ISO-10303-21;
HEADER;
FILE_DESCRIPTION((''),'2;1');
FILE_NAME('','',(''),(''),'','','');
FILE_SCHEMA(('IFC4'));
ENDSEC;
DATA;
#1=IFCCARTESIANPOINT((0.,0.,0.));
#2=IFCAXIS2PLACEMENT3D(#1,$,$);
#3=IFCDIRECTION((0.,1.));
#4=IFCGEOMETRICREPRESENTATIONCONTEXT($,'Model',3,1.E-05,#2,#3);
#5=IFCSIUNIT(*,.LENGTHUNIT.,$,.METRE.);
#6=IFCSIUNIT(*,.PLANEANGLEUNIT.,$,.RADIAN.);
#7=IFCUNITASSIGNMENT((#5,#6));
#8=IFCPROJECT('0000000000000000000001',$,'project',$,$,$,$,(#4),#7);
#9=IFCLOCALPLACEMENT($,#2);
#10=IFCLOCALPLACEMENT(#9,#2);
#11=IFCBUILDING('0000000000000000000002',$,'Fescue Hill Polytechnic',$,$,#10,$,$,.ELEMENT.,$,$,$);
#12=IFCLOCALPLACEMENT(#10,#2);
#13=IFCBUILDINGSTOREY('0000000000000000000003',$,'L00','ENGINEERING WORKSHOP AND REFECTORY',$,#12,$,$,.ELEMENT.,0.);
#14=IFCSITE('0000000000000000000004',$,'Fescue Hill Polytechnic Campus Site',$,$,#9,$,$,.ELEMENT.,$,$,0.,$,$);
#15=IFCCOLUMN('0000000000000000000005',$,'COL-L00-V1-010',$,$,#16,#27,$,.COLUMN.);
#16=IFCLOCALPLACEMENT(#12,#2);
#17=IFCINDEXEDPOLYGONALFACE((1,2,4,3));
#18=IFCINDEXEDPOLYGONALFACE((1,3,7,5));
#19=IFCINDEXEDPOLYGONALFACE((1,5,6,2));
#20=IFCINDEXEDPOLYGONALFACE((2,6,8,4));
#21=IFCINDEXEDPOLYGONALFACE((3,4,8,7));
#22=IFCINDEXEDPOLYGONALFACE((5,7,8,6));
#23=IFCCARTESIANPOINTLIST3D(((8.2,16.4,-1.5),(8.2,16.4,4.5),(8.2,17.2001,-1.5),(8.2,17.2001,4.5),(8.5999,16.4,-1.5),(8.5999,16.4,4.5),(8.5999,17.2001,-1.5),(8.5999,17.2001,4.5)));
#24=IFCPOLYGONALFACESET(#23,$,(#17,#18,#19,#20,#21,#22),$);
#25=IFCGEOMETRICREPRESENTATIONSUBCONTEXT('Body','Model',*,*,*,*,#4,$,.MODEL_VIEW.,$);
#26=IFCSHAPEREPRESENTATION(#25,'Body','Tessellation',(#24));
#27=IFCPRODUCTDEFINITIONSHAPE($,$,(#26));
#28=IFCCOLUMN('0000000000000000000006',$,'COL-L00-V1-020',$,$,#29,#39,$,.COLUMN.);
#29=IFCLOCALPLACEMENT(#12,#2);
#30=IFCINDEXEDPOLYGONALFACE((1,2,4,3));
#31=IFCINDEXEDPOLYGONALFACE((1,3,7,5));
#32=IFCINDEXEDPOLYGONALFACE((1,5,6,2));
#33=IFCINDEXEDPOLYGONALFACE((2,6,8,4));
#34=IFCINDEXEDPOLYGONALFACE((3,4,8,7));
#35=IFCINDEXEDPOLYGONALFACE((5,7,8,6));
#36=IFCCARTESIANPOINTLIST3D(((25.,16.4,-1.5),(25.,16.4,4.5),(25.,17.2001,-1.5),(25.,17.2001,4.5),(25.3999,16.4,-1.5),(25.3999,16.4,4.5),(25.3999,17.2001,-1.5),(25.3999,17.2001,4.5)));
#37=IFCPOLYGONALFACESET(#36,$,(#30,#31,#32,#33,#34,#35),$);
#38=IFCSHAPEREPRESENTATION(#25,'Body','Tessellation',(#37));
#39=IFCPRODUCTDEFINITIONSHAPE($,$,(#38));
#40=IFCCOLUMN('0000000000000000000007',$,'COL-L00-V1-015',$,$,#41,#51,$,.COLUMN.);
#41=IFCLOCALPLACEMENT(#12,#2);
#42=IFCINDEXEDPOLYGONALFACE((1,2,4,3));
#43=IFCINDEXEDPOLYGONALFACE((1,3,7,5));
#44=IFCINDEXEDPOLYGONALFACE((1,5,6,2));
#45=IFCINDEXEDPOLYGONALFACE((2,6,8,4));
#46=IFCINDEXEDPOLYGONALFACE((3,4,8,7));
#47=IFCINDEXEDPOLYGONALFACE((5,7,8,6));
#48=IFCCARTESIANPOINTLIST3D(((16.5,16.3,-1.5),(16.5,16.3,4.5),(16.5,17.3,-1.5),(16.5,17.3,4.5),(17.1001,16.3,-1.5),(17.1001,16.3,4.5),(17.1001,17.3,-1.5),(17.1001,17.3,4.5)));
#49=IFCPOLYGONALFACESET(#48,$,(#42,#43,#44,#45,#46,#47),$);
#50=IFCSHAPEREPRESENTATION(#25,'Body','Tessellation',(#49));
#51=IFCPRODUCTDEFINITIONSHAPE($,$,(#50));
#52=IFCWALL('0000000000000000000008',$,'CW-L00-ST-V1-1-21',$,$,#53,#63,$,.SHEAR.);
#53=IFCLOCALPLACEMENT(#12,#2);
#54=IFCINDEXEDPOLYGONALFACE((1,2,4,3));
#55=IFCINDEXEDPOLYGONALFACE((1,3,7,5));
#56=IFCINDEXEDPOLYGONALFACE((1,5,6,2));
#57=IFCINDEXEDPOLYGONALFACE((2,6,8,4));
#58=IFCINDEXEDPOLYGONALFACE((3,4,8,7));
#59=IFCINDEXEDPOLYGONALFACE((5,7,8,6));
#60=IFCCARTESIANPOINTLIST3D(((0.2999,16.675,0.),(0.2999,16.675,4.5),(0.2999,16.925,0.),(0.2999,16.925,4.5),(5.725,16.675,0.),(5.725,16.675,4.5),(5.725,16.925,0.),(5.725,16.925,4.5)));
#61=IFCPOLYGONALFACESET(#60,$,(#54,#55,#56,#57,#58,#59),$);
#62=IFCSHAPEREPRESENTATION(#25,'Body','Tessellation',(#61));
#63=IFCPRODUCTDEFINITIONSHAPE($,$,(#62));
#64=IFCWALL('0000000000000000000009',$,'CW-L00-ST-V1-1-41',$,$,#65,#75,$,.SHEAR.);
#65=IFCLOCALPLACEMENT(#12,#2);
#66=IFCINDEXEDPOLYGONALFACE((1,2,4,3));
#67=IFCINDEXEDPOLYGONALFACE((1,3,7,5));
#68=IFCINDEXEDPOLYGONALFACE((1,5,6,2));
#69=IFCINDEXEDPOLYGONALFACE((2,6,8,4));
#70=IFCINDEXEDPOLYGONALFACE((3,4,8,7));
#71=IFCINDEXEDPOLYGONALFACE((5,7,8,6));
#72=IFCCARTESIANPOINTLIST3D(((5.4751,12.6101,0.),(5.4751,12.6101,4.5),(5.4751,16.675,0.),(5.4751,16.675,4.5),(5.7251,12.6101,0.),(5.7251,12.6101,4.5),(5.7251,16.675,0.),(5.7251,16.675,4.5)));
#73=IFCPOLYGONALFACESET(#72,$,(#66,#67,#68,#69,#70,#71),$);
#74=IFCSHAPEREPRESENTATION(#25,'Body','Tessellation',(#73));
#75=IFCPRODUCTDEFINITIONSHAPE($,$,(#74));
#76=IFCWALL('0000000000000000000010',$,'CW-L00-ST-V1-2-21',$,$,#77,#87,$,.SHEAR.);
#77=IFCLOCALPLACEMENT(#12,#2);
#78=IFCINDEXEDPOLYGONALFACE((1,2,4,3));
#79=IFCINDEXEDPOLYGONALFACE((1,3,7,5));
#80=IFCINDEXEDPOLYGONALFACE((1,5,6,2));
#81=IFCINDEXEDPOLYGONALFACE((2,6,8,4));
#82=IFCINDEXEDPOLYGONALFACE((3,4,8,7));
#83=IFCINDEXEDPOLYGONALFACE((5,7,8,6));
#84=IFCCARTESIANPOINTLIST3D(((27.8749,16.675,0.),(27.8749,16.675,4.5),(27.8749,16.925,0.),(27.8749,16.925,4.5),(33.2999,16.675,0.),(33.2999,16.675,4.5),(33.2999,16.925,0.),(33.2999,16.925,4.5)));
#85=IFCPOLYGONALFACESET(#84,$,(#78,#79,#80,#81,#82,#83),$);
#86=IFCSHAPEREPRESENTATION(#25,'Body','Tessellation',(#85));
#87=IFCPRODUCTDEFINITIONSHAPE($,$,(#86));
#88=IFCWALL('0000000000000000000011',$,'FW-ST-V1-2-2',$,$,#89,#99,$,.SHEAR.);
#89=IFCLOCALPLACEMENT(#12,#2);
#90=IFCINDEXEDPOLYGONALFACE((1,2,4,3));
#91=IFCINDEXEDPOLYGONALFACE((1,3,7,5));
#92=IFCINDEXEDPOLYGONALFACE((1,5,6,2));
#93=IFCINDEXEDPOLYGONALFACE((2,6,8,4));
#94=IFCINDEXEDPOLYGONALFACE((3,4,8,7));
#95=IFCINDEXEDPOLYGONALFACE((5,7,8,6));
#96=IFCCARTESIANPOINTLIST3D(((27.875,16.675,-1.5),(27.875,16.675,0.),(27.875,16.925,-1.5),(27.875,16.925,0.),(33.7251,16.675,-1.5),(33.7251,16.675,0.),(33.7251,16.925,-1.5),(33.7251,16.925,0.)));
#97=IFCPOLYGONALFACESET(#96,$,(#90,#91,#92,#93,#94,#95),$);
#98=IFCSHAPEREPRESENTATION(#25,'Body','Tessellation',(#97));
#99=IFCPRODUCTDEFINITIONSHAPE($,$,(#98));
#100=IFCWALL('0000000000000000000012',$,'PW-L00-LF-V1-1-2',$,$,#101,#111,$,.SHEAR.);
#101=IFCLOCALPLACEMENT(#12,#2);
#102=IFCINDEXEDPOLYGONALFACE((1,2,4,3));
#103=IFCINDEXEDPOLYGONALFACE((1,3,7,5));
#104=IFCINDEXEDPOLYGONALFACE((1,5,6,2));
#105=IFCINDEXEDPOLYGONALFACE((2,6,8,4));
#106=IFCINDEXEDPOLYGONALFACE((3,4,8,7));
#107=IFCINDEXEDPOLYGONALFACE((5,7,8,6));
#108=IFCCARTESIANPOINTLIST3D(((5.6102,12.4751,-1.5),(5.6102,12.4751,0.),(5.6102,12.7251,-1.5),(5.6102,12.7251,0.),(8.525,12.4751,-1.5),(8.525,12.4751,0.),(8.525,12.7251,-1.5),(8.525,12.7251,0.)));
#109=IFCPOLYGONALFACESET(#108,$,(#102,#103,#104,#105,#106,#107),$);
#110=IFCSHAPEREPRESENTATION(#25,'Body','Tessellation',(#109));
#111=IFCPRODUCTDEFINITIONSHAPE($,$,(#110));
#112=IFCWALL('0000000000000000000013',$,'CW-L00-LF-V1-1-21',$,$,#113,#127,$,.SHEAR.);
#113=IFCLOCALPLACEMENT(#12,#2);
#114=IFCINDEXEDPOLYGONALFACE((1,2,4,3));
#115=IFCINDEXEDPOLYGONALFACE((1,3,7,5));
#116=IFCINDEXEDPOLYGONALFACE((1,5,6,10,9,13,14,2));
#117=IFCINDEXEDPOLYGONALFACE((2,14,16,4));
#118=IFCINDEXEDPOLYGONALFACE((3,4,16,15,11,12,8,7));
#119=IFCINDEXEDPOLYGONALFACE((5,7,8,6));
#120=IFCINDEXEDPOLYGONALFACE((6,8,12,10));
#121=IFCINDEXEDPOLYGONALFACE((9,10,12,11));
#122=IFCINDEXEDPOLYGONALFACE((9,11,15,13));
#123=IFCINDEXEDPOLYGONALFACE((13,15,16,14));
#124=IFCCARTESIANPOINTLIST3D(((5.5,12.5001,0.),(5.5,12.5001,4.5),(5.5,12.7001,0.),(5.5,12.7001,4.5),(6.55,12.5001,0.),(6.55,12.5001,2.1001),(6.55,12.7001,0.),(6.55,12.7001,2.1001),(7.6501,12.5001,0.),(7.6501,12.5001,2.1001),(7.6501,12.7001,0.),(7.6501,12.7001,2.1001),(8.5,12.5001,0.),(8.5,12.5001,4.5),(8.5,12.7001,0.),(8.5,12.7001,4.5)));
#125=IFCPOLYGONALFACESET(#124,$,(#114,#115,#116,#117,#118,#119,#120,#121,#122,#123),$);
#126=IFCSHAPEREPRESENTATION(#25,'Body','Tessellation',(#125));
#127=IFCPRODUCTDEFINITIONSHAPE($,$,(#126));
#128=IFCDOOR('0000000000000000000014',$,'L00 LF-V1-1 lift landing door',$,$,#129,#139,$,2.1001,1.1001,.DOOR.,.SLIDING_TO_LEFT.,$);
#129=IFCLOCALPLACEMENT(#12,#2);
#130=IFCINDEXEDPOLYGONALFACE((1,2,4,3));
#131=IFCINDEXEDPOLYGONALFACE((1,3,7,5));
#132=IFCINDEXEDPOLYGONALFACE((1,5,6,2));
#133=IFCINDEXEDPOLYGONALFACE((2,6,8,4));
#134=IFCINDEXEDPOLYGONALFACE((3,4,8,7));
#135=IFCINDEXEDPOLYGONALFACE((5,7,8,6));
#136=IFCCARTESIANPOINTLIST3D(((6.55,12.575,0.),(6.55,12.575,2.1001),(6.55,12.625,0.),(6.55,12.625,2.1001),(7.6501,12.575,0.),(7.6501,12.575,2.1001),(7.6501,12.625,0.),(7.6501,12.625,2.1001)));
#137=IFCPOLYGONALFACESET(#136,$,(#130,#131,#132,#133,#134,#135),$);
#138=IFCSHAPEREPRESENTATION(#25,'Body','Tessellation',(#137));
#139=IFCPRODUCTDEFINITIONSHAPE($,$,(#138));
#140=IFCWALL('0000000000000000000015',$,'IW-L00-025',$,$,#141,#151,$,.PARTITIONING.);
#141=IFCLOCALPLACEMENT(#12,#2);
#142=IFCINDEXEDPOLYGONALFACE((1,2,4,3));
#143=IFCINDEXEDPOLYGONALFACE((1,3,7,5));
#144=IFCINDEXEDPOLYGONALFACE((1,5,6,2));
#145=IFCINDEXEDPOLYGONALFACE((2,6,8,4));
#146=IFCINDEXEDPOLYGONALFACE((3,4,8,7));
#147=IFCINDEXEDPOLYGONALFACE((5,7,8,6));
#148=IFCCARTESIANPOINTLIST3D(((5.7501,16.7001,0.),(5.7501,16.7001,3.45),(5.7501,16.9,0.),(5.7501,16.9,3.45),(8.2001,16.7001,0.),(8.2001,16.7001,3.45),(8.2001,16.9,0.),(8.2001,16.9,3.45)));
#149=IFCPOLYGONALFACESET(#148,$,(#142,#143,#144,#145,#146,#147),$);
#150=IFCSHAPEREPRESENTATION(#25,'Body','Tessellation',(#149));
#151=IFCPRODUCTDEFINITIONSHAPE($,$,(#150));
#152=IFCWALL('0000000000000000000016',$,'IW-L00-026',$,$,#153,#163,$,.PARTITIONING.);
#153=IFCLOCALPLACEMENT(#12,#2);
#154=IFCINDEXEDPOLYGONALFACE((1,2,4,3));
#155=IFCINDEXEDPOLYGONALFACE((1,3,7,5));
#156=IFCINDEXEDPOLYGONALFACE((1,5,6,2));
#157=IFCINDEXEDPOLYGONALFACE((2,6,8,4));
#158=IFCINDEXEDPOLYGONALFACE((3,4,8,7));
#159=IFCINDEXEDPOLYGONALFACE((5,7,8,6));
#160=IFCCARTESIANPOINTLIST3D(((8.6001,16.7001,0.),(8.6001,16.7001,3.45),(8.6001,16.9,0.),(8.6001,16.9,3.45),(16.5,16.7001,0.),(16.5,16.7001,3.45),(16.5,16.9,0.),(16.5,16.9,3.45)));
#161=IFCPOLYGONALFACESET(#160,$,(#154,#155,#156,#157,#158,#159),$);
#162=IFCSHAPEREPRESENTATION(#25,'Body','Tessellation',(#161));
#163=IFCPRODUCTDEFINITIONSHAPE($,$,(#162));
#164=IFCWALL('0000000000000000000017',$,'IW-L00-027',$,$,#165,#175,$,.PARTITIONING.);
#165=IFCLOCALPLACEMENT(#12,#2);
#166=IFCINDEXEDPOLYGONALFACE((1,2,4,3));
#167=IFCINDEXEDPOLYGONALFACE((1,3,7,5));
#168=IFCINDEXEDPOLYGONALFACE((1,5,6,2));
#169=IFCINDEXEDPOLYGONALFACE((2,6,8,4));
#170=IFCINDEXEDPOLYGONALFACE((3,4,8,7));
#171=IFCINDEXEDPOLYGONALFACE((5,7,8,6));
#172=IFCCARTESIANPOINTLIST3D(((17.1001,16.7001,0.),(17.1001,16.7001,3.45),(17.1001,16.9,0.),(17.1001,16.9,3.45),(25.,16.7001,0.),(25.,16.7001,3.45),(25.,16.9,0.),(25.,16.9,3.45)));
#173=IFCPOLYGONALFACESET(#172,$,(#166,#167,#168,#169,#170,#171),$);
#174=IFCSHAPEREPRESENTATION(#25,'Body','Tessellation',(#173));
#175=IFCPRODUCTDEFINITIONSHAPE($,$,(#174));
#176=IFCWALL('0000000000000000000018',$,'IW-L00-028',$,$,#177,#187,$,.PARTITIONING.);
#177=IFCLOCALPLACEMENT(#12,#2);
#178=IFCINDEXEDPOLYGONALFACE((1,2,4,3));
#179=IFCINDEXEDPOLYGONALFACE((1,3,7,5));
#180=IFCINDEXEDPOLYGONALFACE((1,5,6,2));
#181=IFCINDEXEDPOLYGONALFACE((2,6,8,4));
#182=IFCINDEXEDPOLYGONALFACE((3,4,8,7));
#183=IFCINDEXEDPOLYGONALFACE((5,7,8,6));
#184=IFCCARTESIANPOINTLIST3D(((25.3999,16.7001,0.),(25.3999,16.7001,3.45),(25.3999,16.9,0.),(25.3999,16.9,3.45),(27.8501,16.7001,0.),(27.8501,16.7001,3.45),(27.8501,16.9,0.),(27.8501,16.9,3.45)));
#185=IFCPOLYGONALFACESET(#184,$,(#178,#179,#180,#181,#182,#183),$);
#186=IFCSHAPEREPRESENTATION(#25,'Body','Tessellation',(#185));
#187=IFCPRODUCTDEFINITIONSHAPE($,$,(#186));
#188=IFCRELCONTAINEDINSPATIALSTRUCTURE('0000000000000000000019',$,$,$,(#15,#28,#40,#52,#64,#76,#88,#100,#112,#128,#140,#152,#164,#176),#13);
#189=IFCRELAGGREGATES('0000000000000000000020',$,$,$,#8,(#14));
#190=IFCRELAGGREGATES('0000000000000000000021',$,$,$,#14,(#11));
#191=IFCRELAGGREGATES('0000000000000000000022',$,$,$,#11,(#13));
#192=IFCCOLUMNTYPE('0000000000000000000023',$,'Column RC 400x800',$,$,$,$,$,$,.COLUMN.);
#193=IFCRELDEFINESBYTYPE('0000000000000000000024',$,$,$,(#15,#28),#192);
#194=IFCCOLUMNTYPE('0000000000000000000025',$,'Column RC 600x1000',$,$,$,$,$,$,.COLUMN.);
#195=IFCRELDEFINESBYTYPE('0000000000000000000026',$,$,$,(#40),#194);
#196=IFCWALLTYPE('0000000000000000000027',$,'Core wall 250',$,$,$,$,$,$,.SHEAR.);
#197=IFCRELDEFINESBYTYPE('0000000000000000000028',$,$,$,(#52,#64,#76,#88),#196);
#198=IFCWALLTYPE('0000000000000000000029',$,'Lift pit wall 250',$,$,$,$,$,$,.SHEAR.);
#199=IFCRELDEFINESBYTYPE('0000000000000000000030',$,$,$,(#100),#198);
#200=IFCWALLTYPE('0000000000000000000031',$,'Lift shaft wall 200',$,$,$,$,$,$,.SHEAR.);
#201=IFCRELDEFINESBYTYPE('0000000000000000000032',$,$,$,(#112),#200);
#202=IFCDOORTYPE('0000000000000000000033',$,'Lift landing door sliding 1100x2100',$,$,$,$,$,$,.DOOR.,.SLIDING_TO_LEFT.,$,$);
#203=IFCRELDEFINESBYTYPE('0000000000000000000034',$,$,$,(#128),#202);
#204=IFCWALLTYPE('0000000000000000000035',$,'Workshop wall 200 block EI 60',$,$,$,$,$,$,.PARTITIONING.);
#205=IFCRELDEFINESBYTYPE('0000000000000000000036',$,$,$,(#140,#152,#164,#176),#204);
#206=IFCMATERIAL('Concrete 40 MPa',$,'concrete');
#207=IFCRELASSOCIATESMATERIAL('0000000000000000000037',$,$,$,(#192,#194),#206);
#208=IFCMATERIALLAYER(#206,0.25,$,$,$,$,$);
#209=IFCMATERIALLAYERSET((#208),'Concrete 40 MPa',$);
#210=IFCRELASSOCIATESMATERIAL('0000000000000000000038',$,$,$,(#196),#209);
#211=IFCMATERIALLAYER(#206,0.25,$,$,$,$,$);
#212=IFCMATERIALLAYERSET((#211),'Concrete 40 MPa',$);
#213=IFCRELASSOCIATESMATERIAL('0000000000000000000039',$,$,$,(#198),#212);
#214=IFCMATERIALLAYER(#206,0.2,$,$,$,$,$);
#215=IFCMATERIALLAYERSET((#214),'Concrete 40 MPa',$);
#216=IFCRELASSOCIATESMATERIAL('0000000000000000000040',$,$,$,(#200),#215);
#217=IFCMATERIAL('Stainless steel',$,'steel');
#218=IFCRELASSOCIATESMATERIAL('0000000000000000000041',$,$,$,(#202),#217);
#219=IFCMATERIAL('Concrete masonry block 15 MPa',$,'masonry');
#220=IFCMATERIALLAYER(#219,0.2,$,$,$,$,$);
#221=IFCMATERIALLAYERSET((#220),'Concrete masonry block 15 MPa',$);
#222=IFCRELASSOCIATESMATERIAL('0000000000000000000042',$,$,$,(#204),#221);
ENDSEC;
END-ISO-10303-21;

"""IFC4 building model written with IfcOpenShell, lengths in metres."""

from ifc_helpers import new_model, si_unit, direction, frame, frame_2d, origin, origin_2d, place, context, subcontext, project, spatial, rectangle, extrude, material, layer, layer_set, material_profile, profile_set, type_object, element, fill, save


model = new_model("IFC4")

# Units and contexts
model_context = context("Model", 3, precision=1e-05, world=origin(), true_north=direction((0.0, 1.0)))
body_context = subcontext(model_context, "Body", "Model", "MODEL_VIEW")
ifc_project = project(units=[si_unit("LENGTHUNIT", "METRE"), si_unit("PLANEANGLEUNIT", "RADIAN")], contexts=[model_context])

# Site, building, storey
site_placement = place(None, origin())
site = spatial("IfcSite", under=ifc_project, at=site_placement, Name="Fescue Hill Polytechnic Campus Site", CompositionType="ELEMENT", RefElevation=0.0)
building_placement = place(site_placement, origin())
building = spatial("IfcBuilding", under=site, at=building_placement, Name="Fescue Hill Polytechnic", CompositionType="ELEMENT")
storey_placement = place(building_placement, origin())
storey = spatial("IfcBuildingStorey", under=building, at=storey_placement, Name="L00", Description="ENGINEERING WORKSHOP AND REFECTORY", CompositionType="ELEMENT", Elevation=0.0)

# Columns
ifc_material_1 = material(Name="Concrete 40 MPa", Category="concrete")
ifc_material_profile_1 = material_profile(ifc_material_1, rectangle(XDim=0.3999, YDim=0.8, at=origin_2d()), Name="RC 400x800")
ifc_profile_set_1 = profile_set([ifc_material_profile_1], Name="Concrete 40 MPa")
column_type_1 = type_object("IfcColumnType", Name="Column RC 400x800", PredefinedType="COLUMN", material=ifc_profile_set_1)
for number, where, z_axis, x_axis, name in (
    (1, (8.3999, 16.8, -1.5), (0.0, 0.0, 1.0), (1.0, 0.0, 0.0), "COL-L00-V1-010"),
    (2, (25.2, 16.8, -1.5), (0.0, 0.0, 1.0), (1.0, 0.0, 0.0), "COL-L00-V1-020"),
):
    element("IfcColumn", number, at=place(storey_placement, frame(where, z_axis=z_axis, x_axis=x_axis)), inside=storey, type_object=column_type_1, Name=name, PredefinedType="COLUMN", context=body_context, shape_type="SweptSolid", body=[
        extrude(rectangle(XDim=0.3999, YDim=0.8, at=origin_2d()), origin(), (0.0, 0.0, 1.0), 6.0),
    ])
ifc_material_profile_2 = material_profile(ifc_material_1, rectangle(XDim=0.6001, YDim=1.0, at=origin_2d()), Name="RC 600x1000")
ifc_profile_set_2 = profile_set([ifc_material_profile_2], Name="Concrete 40 MPa")
column_type_2 = type_object("IfcColumnType", Name="Column RC 600x1000", PredefinedType="COLUMN", material=ifc_profile_set_2)
column_placement = place(storey_placement, frame((16.8, 16.8, -1.5), z_axis=(0.0, 0.0, 1.0), x_axis=(1.0, 0.0, 0.0)))
element("IfcColumn", 3, at=column_placement, inside=storey, type_object=column_type_2, Name="COL-L00-V1-015", PredefinedType="COLUMN", context=body_context, shape_type="SweptSolid", body=[
    extrude(rectangle(XDim=0.6001, YDim=1.0, at=origin_2d()), origin(), (0.0, 0.0, 1.0), 6.0),
])

# Walls
ifc_layer_1 = layer(ifc_material_1, 0.25)
ifc_layer_set_1 = layer_set([ifc_layer_1], Name="Concrete 40 MPa")
wall_type_1 = type_object("IfcWallType", Name="Core wall 250", PredefinedType="SHEAR", material=ifc_layer_set_1)
wall_1_placement = place(storey_placement, frame((0.3, 16.8, 0.0), z_axis=(0.0, 0.0, 1.0), x_axis=(1.0, 0.0, 0.0)))
element("IfcWall", 4, at=wall_1_placement, inside=storey, type_object=wall_type_1, Name="CW-L00-ST-V1-1-21", PredefinedType="SHEAR", context=body_context, shape_type="SweptSolid", body=[
    extrude(rectangle(XDim=5.425, YDim=0.25, at=frame_2d((2.7124, 0.0))), origin(), (0.0, 0.0, 1.0), 4.5),
])
wall_2_placement = place(storey_placement, frame((5.6001, 12.6101, 0.0), z_axis=(0.0, 0.0, 1.0), x_axis=(0.0, 1.0, 0.0)))
element("IfcWall", 5, at=wall_2_placement, inside=storey, type_object=wall_type_1, Name="CW-L00-ST-V1-1-41", PredefinedType="SHEAR", context=body_context, shape_type="SweptSolid", body=[
    extrude(rectangle(XDim=4.0649, YDim=0.25, at=frame_2d((2.0325, 0.0))), origin(), (0.0, 0.0, 1.0), 4.5),
])
wall_3_placement = place(storey_placement, frame((27.875, 16.8, 0.0), z_axis=(0.0, 0.0, 1.0), x_axis=(1.0, 0.0, 0.0)))
element("IfcWall", 6, at=wall_3_placement, inside=storey, type_object=wall_type_1, Name="CW-L00-ST-V1-2-21", PredefinedType="SHEAR", context=body_context, shape_type="SweptSolid", body=[
    extrude(rectangle(XDim=5.425, YDim=0.25, at=frame_2d((2.7124, 0.0))), origin(), (0.0, 0.0, 1.0), 4.5),
])
wall_4_placement = place(storey_placement, frame((27.875, 16.8, -1.5), z_axis=(0.0, 0.0, 1.0), x_axis=(1.0, 0.0, 0.0)))
element("IfcWall", 7, at=wall_4_placement, inside=storey, type_object=wall_type_1, Name="FW-ST-V1-2-2", PredefinedType="SHEAR", context=body_context, shape_type="SweptSolid", body=[
    extrude(rectangle(XDim=5.8501, YDim=0.25, at=frame_2d((2.925, 0.0))), origin(), (0.0, 0.0, 1.0), 1.5),
])
ifc_layer_2 = layer(ifc_material_1, 0.25)
ifc_layer_set_2 = layer_set([ifc_layer_2], Name="Concrete 40 MPa")
wall_type_2 = type_object("IfcWallType", Name="Lift pit wall 250", PredefinedType="SHEAR", material=ifc_layer_set_2)
wall_5_placement = place(storey_placement, frame((5.6101, 12.6001, -1.5), z_axis=(0.0, 0.0, 1.0), x_axis=(1.0, 0.0, 0.0)))
element("IfcWall", 8, at=wall_5_placement, inside=storey, type_object=wall_type_2, Name="PW-L00-LF-V1-1-2", PredefinedType="SHEAR", context=body_context, shape_type="SweptSolid", body=[
    extrude(rectangle(XDim=2.9148, YDim=0.25, at=frame_2d((1.4575, 0.0))), origin(), (0.0, 0.0, 1.0), 1.5),
])

# Wall, opening, door
ifc_layer_3 = layer(ifc_material_1, 0.2)
ifc_layer_set_3 = layer_set([ifc_layer_3], Name="Concrete 40 MPa")
wall_type_3 = type_object("IfcWallType", Name="Lift shaft wall 200", PredefinedType="SHEAR", material=ifc_layer_set_3)
wall_6_placement = place(storey_placement, frame((5.5, 12.6001, 0.0), z_axis=(0.0, 0.0, 1.0), x_axis=(1.0, 0.0, 0.0)))
wall_6 = element("IfcWall", 9, at=wall_6_placement, inside=storey, type_object=wall_type_3, Name="CW-L00-LF-V1-1-21", PredefinedType="SHEAR", context=body_context, shape_type="SweptSolid", body=[
    extrude(rectangle(XDim=3.0, YDim=0.2, at=frame_2d((1.5, 0.0))), origin(), (0.0, 0.0, 1.0), 4.5),
])
opening_placement = place(wall_6_placement, frame((1.05, 0.0, 0.0)))
opening = element("IfcOpeningElement", 10, at=opening_placement, cuts=wall_6, PredefinedType="OPENING", context=body_context, shape_type="SweptSolid", body=[
    extrude(rectangle(XDim=1.1001, YDim=2.1001, at=frame_2d((0.55, 1.05))), frame((0.0, 0.1099, 0.0), z_axis=(0.0, -1.0, 0.0), x_axis=(1.0, 0.0, 0.0)), (0.0, 0.0, 1.0), 0.22),
])
ifc_material_2 = material(Name="Stainless steel", Category="steel")
door_type = type_object("IfcDoorType", Name="Lift landing door sliding 1100x2100", OperationType="SLIDING_TO_LEFT", PredefinedType="DOOR", material=ifc_material_2)
door_placement = place(opening_placement, origin())
door = element("IfcDoor", 11, at=door_placement, inside=storey, type_object=door_type, Name="L00 LF-V1-1 lift landing door", OperationType="SLIDING_TO_LEFT", OverallHeight=2.1001, OverallWidth=1.1001, PredefinedType="DOOR", context=body_context, shape_type="SweptSolid", body=[
    extrude(rectangle(XDim=1.1001, YDim=2.1001, at=frame_2d((0.55, 1.05))), frame((0.0, 0.0249, 0.0), z_axis=(0.0, -1.0, 0.0), x_axis=(1.0, 0.0, 0.0)), (0.0, 0.0, 1.0), 0.05),
])
fill(opening, door)

# Walls
ifc_material_3 = material(Name="Concrete masonry block 15 MPa", Category="masonry")
ifc_layer_4 = layer(ifc_material_3, 0.2)
ifc_layer_set_4 = layer_set([ifc_layer_4], Name="Concrete masonry block 15 MPa")
wall_type_4 = type_object("IfcWallType", Name="Workshop wall 200 block EI 60", PredefinedType="PARTITIONING", material=ifc_layer_set_4)
wall_7_placement = place(storey_placement, frame((5.75, 16.8, 0.0), z_axis=(0.0, 0.0, 1.0), x_axis=(1.0, 0.0, 0.0)))
element("IfcWall", 12, at=wall_7_placement, inside=storey, type_object=wall_type_4, Name="IW-L00-025", PredefinedType="PARTITIONING", context=body_context, shape_type="SweptSolid", body=[
    extrude(rectangle(XDim=2.45, YDim=0.2, at=frame_2d((1.2251, 0.0))), origin(), (0.0, 0.0, 1.0), 3.45),
])
for number, where, z_axis, x_axis, name in (
    (13, (8.6001, 16.8, 0.0), (0.0, 0.0, 1.0), (1.0, 0.0, 0.0), "IW-L00-026"),
    (14, (17.1001, 16.8, 0.0), (0.0, 0.0, 1.0), (1.0, 0.0, 0.0), "IW-L00-027"),
):
    element("IfcWall", number, at=place(storey_placement, frame(where, z_axis=z_axis, x_axis=x_axis)), inside=storey, type_object=wall_type_4, Name=name, PredefinedType="PARTITIONING", context=body_context, shape_type="SweptSolid", body=[
        extrude(rectangle(XDim=7.8999, YDim=0.2, at=frame_2d((3.95, 0.0))), origin(), (0.0, 0.0, 1.0), 3.45),
    ])
wall_8_placement = place(storey_placement, frame((25.3999, 16.8, 0.0), z_axis=(0.0, 0.0, 1.0), x_axis=(1.0, 0.0, 0.0)))
element("IfcWall", 15, at=wall_8_placement, inside=storey, type_object=wall_type_4, Name="IW-L00-028", PredefinedType="PARTITIONING", context=body_context, shape_type="SweptSolid", body=[
    extrude(rectangle(XDim=2.4502, YDim=0.2, at=frame_2d((1.2251, 0.0))), origin(), (0.0, 0.0, 1.0), 3.45),
])

save(model, "model.ifc")
